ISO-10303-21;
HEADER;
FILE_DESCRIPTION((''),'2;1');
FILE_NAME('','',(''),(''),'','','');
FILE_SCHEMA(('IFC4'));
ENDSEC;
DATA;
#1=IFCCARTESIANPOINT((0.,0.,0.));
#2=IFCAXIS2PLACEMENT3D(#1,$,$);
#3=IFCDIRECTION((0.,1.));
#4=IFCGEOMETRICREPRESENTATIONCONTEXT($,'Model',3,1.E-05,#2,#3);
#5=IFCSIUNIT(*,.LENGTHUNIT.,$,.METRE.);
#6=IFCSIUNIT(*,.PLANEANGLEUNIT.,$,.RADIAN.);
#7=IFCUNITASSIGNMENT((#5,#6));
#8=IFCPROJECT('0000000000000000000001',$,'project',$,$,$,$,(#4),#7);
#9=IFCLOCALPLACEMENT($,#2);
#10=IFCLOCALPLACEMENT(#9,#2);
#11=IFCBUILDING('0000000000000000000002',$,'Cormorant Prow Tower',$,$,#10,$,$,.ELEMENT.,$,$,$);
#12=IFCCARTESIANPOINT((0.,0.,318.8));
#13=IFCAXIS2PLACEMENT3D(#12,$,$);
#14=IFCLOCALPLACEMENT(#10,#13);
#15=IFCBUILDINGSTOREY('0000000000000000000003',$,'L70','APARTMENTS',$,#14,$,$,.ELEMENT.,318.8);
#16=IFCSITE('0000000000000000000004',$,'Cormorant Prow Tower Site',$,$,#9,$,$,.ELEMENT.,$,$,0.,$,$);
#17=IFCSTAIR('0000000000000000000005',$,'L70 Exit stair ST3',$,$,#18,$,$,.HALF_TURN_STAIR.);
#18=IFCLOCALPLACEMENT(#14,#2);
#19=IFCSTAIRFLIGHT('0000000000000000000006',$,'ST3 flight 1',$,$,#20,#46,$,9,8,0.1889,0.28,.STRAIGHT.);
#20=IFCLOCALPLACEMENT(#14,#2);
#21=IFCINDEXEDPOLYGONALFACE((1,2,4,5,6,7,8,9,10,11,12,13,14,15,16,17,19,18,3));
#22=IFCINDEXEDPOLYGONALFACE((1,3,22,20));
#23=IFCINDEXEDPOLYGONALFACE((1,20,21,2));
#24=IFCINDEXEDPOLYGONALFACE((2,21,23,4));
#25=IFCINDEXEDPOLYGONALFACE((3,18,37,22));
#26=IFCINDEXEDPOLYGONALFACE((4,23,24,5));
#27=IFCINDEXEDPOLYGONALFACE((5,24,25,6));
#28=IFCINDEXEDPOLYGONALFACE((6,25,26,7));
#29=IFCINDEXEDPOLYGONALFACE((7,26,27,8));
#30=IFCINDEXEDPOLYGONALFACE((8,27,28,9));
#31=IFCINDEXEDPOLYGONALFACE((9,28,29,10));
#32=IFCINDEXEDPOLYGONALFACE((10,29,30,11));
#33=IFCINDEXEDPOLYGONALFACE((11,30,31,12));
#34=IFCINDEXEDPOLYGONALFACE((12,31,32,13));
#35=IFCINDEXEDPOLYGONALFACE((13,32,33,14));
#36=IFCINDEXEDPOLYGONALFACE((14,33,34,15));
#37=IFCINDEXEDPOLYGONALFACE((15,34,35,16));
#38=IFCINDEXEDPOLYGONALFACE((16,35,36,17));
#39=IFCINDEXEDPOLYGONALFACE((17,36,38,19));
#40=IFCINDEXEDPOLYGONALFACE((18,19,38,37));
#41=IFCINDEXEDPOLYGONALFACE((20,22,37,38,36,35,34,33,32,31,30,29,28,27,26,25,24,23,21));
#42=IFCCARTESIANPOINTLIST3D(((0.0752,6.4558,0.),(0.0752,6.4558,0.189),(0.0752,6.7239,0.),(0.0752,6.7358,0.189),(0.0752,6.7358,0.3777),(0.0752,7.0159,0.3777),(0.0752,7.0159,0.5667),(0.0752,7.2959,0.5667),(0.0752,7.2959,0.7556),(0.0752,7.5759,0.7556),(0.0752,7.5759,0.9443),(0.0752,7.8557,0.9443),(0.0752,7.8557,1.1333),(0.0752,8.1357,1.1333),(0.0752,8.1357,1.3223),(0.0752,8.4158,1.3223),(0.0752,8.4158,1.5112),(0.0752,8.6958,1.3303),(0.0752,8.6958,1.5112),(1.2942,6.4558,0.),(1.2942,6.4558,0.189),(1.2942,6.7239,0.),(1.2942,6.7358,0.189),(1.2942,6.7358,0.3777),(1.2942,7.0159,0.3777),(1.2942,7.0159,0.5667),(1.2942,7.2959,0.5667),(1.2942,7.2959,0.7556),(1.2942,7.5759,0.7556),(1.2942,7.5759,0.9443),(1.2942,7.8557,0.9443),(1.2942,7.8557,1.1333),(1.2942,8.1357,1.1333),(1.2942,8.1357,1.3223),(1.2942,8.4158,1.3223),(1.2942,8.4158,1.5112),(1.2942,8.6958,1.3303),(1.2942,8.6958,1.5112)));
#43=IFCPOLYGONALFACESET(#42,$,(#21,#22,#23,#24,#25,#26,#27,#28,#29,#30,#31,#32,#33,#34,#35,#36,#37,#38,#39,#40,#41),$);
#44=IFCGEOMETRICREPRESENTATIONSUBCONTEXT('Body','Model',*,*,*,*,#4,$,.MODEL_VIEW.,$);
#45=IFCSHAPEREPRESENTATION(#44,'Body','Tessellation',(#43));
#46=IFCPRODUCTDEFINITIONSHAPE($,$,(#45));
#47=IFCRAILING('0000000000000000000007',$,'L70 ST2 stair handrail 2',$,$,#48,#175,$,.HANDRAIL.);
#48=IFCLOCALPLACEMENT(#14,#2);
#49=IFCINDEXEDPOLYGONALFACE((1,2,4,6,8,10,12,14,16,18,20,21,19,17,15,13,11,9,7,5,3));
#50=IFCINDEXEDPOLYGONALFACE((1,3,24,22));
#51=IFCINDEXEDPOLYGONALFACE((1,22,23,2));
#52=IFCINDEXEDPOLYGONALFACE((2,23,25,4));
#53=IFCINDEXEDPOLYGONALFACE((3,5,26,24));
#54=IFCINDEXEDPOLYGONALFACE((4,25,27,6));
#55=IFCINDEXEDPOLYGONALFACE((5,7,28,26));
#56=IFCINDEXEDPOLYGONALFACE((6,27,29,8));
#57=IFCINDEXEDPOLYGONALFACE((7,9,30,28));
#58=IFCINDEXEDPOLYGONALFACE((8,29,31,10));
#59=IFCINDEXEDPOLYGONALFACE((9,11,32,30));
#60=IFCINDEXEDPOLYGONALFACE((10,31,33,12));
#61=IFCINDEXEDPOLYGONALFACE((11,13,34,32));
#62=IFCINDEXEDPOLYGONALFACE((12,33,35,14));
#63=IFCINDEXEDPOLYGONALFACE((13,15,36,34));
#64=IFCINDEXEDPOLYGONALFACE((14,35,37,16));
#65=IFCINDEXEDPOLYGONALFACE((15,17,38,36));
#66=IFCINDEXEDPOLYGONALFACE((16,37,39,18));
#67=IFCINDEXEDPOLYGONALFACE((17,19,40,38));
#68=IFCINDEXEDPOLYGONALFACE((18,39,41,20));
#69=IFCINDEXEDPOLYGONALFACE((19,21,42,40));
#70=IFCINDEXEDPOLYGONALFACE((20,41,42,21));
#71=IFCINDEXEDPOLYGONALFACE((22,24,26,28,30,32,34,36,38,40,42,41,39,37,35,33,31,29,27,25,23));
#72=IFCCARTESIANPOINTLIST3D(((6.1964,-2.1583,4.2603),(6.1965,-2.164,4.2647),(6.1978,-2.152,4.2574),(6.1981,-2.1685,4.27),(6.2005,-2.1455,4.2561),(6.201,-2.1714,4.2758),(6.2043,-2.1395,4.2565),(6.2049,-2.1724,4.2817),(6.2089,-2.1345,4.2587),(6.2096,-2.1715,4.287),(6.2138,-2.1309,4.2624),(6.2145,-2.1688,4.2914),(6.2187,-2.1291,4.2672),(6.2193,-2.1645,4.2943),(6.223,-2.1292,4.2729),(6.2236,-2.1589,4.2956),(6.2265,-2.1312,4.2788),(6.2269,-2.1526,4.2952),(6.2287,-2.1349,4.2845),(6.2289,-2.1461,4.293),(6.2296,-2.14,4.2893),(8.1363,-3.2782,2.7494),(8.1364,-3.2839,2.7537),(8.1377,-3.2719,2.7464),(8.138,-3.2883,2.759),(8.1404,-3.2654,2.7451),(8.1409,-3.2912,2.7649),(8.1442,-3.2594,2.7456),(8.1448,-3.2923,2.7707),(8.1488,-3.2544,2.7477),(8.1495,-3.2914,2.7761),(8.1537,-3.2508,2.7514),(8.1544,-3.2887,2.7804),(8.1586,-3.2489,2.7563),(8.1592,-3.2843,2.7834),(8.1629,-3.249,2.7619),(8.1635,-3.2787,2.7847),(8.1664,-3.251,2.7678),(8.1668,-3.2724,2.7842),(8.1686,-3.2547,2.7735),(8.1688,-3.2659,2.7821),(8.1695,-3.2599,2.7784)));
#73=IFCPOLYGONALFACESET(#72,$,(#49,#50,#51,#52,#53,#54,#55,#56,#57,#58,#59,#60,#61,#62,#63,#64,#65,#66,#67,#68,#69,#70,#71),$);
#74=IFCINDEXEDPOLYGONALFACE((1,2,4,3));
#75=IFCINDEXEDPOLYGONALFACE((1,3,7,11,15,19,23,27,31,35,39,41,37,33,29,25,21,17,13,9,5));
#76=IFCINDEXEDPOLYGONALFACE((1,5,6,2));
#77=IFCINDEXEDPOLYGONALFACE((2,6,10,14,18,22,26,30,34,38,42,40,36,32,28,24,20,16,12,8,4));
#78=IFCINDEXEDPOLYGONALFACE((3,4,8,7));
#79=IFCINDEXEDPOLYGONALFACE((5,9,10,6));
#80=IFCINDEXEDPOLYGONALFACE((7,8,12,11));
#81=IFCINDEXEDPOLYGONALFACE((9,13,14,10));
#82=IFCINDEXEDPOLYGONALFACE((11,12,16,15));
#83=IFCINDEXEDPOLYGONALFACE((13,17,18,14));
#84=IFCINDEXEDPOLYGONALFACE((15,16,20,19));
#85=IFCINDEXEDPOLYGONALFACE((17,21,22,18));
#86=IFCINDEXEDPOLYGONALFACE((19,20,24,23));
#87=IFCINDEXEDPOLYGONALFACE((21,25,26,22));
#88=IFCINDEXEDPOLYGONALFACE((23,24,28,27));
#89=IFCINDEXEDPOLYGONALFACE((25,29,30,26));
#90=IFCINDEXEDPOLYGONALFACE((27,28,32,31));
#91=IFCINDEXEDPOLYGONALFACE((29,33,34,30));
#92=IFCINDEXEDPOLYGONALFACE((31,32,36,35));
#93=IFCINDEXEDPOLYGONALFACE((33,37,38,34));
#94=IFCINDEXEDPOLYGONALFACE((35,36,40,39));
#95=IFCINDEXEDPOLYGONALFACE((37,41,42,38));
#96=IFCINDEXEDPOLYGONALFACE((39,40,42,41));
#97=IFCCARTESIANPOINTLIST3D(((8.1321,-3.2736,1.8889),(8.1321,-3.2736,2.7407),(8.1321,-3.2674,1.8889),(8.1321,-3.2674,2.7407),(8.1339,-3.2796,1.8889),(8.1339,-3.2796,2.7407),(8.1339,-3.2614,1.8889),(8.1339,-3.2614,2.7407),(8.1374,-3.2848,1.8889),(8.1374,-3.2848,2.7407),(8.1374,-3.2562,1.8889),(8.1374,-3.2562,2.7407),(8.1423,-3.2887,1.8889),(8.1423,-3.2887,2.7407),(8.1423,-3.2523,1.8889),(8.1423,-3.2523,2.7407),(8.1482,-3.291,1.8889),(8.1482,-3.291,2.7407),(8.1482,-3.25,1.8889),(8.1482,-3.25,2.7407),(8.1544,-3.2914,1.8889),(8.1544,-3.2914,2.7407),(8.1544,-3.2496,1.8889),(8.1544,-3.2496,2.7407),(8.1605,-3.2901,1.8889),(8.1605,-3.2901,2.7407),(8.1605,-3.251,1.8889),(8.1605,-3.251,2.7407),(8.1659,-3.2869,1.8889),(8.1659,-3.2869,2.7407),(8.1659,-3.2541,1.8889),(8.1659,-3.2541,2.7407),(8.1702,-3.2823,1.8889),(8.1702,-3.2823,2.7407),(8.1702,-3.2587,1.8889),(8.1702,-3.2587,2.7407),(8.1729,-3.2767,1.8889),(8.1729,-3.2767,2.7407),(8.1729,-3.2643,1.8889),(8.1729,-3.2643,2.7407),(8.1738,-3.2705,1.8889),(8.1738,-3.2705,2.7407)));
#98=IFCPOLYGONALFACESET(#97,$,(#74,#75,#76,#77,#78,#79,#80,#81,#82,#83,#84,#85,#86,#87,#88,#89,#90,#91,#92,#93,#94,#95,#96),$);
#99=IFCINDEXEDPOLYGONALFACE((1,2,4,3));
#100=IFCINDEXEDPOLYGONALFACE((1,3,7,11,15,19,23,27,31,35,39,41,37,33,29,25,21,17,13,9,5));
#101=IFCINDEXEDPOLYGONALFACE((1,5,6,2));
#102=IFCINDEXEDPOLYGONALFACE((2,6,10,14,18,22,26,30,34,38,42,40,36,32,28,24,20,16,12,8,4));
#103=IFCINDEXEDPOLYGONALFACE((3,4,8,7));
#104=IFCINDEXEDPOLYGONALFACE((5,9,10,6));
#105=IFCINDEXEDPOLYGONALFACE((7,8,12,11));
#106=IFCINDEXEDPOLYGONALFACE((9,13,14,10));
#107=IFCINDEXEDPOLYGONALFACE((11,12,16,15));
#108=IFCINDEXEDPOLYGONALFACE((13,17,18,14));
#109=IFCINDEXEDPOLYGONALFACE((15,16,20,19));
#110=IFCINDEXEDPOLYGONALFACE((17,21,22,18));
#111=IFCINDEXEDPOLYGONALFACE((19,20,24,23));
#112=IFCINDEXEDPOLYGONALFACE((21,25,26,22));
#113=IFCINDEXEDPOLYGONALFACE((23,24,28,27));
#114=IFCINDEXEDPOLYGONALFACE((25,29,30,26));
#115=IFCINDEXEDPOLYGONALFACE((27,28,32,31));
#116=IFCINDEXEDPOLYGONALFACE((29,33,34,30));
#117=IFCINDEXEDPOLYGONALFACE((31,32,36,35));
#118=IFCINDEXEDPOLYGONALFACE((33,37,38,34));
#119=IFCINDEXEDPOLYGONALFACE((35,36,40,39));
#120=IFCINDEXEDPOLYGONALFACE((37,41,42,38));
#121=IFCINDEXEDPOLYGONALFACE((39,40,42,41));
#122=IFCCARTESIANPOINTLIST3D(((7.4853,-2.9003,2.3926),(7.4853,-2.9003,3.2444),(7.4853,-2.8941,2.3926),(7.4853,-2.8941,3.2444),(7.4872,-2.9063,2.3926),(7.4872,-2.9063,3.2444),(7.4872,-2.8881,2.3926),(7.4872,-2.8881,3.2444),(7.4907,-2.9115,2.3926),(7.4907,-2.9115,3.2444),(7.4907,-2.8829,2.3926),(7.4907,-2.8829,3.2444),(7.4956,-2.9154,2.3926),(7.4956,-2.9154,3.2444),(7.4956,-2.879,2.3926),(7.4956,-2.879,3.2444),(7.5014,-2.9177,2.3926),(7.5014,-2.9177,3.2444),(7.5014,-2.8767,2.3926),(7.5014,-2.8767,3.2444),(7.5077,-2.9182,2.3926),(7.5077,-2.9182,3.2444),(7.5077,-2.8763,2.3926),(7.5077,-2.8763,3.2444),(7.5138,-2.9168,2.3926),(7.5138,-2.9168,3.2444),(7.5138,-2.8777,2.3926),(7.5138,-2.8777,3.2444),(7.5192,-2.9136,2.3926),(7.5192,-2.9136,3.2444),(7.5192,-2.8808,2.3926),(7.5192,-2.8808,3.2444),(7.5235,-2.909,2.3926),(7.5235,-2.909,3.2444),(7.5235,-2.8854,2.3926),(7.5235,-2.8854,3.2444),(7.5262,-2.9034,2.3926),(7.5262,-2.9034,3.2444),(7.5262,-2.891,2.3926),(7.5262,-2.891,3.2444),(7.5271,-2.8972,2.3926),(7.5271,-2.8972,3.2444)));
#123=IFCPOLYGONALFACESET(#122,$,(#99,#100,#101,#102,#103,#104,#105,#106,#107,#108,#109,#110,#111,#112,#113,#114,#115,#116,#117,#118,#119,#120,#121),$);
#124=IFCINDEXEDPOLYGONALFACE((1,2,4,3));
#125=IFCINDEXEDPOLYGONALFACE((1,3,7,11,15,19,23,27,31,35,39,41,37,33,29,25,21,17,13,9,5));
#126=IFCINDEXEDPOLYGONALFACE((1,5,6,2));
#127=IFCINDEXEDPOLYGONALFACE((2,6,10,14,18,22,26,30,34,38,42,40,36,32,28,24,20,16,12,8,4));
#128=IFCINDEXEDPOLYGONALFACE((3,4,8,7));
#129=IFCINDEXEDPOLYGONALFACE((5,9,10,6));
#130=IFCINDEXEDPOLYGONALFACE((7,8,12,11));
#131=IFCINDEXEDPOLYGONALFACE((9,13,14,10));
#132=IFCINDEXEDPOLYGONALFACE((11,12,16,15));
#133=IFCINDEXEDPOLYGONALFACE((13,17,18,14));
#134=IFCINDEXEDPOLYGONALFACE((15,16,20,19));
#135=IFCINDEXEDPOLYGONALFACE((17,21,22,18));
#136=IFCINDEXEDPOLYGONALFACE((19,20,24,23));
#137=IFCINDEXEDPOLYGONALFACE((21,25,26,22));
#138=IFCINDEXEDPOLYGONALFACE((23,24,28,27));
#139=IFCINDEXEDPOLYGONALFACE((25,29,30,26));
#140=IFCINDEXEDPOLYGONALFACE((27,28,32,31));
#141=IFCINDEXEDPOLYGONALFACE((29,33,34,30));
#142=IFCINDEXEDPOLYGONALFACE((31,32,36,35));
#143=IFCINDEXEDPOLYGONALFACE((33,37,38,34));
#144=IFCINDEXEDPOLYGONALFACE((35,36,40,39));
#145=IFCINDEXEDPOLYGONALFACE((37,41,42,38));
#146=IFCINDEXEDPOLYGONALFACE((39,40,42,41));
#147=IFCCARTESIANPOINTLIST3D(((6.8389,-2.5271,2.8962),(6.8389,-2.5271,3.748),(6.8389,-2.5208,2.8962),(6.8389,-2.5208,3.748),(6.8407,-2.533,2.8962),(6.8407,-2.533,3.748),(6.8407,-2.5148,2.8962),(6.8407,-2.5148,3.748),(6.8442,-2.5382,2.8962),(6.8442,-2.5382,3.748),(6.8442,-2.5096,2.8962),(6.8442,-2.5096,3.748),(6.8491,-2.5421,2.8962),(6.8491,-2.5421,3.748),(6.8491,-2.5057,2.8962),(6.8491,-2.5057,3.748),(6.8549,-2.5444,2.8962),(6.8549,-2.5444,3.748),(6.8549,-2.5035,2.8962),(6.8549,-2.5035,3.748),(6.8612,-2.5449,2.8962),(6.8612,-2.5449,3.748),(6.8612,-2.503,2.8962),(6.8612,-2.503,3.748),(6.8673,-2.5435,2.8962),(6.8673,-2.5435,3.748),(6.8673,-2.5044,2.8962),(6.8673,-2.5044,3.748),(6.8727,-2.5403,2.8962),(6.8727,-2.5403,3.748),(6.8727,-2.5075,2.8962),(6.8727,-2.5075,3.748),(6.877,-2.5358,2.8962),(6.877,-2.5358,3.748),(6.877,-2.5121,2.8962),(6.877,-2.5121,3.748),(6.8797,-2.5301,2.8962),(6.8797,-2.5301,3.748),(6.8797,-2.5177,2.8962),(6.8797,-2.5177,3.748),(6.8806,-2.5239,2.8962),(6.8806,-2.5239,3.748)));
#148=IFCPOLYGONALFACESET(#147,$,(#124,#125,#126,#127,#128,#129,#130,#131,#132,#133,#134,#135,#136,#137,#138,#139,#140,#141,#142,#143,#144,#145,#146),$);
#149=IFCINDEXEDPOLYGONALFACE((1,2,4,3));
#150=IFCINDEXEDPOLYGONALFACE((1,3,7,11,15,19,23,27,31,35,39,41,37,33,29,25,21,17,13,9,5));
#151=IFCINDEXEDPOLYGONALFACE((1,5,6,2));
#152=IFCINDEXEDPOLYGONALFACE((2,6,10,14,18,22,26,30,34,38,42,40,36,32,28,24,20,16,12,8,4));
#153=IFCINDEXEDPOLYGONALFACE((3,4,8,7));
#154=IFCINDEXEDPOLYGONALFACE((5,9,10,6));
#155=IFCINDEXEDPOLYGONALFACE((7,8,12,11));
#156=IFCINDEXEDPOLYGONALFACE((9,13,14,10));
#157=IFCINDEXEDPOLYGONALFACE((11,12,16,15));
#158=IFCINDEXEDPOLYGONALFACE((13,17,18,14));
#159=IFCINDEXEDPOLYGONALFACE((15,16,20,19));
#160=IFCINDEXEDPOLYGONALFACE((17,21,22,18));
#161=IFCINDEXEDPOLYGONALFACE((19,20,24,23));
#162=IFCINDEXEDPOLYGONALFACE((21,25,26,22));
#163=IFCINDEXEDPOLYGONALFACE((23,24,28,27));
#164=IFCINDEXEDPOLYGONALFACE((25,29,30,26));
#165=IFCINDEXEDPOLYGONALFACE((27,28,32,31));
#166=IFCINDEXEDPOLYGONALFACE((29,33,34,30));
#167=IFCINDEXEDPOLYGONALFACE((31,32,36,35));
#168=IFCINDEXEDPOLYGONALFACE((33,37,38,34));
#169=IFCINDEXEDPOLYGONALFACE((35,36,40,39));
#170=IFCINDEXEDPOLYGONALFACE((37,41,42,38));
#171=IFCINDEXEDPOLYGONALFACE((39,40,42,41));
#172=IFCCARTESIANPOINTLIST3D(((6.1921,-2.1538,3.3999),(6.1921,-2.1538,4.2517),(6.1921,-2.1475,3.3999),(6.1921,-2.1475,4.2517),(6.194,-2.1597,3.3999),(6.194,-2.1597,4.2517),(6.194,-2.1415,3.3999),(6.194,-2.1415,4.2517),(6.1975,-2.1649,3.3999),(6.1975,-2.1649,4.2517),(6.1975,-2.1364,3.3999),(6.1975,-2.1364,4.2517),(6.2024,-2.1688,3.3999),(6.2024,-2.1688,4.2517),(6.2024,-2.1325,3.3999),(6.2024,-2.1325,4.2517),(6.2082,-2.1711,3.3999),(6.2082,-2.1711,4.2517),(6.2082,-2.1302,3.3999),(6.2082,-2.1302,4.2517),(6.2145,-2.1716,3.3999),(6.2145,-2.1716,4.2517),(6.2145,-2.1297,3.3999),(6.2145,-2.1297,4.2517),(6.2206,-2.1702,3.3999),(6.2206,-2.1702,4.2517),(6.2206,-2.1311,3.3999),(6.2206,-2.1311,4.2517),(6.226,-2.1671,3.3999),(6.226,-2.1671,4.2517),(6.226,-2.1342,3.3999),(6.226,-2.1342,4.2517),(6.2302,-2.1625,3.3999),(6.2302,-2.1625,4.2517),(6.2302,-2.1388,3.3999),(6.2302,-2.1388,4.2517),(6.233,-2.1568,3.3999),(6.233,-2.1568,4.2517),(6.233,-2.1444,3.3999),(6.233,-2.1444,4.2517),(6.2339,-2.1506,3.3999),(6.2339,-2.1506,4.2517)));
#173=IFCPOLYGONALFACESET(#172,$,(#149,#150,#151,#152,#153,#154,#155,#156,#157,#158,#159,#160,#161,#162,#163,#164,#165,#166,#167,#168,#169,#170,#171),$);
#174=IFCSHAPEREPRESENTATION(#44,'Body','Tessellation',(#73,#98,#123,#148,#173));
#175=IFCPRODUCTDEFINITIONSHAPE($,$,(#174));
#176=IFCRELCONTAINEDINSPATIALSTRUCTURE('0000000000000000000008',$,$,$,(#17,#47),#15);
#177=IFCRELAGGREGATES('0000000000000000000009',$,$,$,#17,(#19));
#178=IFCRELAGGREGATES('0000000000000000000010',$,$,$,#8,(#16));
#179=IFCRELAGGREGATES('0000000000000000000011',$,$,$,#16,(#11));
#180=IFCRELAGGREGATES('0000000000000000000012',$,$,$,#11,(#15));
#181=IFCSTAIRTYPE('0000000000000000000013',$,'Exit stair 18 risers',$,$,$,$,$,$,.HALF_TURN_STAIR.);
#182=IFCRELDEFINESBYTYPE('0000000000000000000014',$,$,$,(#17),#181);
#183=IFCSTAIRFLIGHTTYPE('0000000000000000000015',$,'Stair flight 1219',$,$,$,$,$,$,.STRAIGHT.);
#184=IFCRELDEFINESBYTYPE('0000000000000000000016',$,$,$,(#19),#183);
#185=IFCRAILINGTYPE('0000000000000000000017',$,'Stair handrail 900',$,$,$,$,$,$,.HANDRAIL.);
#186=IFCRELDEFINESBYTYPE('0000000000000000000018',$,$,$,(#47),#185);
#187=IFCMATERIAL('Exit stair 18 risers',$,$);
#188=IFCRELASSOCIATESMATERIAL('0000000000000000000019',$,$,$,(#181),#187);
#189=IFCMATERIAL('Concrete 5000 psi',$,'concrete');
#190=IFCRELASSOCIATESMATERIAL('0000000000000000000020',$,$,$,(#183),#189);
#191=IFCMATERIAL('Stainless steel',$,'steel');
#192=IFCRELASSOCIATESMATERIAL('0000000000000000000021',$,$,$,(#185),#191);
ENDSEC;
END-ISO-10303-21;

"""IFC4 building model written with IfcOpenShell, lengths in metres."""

from ifc_helpers import new_model, si_unit, direction, frame, origin, origin_2d, place, context, subcontext, project, spatial, polyline, circle, outline, extrude, material, type_object, element, aggregate, save


model = new_model("IFC4")

# Units and contexts
model_context = context("Model", 3, precision=1e-05, world=origin(), true_north=direction((0.0, 1.0)))
body_context = subcontext(model_context, "Body", "Model", "MODEL_VIEW")
ifc_project = project(units=[si_unit("LENGTHUNIT", "METRE"), si_unit("PLANEANGLEUNIT", "RADIAN")], contexts=[model_context])

# Site, building, storey
site_placement = place(None, origin())
site = spatial("IfcSite", under=ifc_project, at=site_placement, Name="Cormorant Prow Tower Site", CompositionType="ELEMENT", RefElevation=0.0)
building_placement = place(site_placement, origin())
building = spatial("IfcBuilding", under=site, at=building_placement, Name="Cormorant Prow Tower", CompositionType="ELEMENT")
storey_placement = place(building_placement, frame((0.0, 0.0, 318.8)))
storey = spatial("IfcBuildingStorey", under=building, at=storey_placement, Name="L70", Description="APARTMENTS", CompositionType="ELEMENT", Elevation=318.8)

# Stair
ifc_material_1 = material(Name="Exit stair 18 risers")
stair_type = type_object("IfcStairType", Name="Exit stair 18 risers", PredefinedType="HALF_TURN_STAIR", material=ifc_material_1)
stair_1_placement = place(storey_placement, origin())
stair_1 = element("IfcStair", 1, at=stair_1_placement, inside=storey, type_object=stair_type, Name="L70 Exit stair ST3", PredefinedType="HALF_TURN_STAIR")

# Stair flight
ifc_material_2 = material(Name="Concrete 5000 psi", Category="concrete")
stair_flight_type = type_object("IfcStairFlightType", Name="Stair flight 1219", PredefinedType="STRAIGHT", material=ifc_material_2)
stair_flight_placement = place(storey_placement, frame((0.6846, 6.4558, 0.0), z_axis=(0.0, 0.0, 1.0), x_axis=(0.0, 1.0, 0.0)))
stair_flight = element("IfcStairFlight", 2, at=stair_flight_placement, type_object=stair_flight_type, Name="ST3 flight 1", NumberOfRisers=9, NumberOfTreads=8, PredefinedType="STRAIGHT", RiserHeight=0.1889, TreadLength=0.28, context=body_context, shape_type="SweptSolid", body=[
    extrude(outline(polyline([(0.0, 0.0), (0.0, 0.189), (0.28, 0.189), (0.28, 0.3777), (0.5601, 0.3777), (0.5601, 0.5667), (0.8401, 0.5667), (0.8401, 0.7556), (1.1201, 0.7556), (1.1201, 0.9443), (1.3999, 0.9443), (1.3999, 1.1333), (1.6799, 1.1333), (1.6799, 1.3223), (1.96, 1.3223), (1.96, 1.5112), (2.24, 1.5112), (2.24, 1.7), (2.24, 1.3303), (0.2681, 0.0), (0.0, 0.0)])), frame((0.0, 0.6094, 0.0), z_axis=(0.0, -1.0, 0.0), x_axis=(1.0, 0.0, 0.0)), (0.0, 0.0, 1.0), 1.219),
])
aggregate(stair_1, [stair_flight])

# Railing
ifc_material_3 = material(Name="Stainless steel", Category="steel")
railing_type_1 = type_object("IfcRailingType", Name="Stair handrail 900", PredefinedType="HANDRAIL", material=ifc_material_3)
railing_1_placement = place(storey_placement, frame((8.1528, -3.2705, 1.8889)))
element("IfcRailing", 3, at=railing_1_placement, inside=storey, type_object=railing_type_1, Name="L70 ST2 stair handrail 2", PredefinedType="HANDRAIL", context=body_context, shape_type="SweptSolid", body=[
    extrude(circle(Radius=0.0239, at=origin_2d()), frame((0.0, 0.0, 0.876), z_axis=(-0.717977, 0.414467, 0.559219), x_axis=(-0.499949, -0.866055, 0.0)), (0.0, 0.0, 1.0), 2.7019),
    extrude(circle(Radius=0.021, at=origin_2d()), origin(), (0.0, 0.0, 1.0), 0.8518),
    extrude(circle(Radius=0.021, at=origin_2d()), frame((-0.6467, 0.3733, 0.5037)), (0.0, 0.0, 1.0), 0.8518),
    extrude(circle(Radius=0.021, at=origin_2d()), frame((-1.2932, 0.7466, 1.0073)), (0.0, 0.0, 1.0), 0.8518),
    extrude(circle(Radius=0.021, at=origin_2d()), frame((-1.9399, 1.1199, 1.511)), (0.0, 0.0, 1.0), 0.8518),
])

save(model, "model.ifc")
